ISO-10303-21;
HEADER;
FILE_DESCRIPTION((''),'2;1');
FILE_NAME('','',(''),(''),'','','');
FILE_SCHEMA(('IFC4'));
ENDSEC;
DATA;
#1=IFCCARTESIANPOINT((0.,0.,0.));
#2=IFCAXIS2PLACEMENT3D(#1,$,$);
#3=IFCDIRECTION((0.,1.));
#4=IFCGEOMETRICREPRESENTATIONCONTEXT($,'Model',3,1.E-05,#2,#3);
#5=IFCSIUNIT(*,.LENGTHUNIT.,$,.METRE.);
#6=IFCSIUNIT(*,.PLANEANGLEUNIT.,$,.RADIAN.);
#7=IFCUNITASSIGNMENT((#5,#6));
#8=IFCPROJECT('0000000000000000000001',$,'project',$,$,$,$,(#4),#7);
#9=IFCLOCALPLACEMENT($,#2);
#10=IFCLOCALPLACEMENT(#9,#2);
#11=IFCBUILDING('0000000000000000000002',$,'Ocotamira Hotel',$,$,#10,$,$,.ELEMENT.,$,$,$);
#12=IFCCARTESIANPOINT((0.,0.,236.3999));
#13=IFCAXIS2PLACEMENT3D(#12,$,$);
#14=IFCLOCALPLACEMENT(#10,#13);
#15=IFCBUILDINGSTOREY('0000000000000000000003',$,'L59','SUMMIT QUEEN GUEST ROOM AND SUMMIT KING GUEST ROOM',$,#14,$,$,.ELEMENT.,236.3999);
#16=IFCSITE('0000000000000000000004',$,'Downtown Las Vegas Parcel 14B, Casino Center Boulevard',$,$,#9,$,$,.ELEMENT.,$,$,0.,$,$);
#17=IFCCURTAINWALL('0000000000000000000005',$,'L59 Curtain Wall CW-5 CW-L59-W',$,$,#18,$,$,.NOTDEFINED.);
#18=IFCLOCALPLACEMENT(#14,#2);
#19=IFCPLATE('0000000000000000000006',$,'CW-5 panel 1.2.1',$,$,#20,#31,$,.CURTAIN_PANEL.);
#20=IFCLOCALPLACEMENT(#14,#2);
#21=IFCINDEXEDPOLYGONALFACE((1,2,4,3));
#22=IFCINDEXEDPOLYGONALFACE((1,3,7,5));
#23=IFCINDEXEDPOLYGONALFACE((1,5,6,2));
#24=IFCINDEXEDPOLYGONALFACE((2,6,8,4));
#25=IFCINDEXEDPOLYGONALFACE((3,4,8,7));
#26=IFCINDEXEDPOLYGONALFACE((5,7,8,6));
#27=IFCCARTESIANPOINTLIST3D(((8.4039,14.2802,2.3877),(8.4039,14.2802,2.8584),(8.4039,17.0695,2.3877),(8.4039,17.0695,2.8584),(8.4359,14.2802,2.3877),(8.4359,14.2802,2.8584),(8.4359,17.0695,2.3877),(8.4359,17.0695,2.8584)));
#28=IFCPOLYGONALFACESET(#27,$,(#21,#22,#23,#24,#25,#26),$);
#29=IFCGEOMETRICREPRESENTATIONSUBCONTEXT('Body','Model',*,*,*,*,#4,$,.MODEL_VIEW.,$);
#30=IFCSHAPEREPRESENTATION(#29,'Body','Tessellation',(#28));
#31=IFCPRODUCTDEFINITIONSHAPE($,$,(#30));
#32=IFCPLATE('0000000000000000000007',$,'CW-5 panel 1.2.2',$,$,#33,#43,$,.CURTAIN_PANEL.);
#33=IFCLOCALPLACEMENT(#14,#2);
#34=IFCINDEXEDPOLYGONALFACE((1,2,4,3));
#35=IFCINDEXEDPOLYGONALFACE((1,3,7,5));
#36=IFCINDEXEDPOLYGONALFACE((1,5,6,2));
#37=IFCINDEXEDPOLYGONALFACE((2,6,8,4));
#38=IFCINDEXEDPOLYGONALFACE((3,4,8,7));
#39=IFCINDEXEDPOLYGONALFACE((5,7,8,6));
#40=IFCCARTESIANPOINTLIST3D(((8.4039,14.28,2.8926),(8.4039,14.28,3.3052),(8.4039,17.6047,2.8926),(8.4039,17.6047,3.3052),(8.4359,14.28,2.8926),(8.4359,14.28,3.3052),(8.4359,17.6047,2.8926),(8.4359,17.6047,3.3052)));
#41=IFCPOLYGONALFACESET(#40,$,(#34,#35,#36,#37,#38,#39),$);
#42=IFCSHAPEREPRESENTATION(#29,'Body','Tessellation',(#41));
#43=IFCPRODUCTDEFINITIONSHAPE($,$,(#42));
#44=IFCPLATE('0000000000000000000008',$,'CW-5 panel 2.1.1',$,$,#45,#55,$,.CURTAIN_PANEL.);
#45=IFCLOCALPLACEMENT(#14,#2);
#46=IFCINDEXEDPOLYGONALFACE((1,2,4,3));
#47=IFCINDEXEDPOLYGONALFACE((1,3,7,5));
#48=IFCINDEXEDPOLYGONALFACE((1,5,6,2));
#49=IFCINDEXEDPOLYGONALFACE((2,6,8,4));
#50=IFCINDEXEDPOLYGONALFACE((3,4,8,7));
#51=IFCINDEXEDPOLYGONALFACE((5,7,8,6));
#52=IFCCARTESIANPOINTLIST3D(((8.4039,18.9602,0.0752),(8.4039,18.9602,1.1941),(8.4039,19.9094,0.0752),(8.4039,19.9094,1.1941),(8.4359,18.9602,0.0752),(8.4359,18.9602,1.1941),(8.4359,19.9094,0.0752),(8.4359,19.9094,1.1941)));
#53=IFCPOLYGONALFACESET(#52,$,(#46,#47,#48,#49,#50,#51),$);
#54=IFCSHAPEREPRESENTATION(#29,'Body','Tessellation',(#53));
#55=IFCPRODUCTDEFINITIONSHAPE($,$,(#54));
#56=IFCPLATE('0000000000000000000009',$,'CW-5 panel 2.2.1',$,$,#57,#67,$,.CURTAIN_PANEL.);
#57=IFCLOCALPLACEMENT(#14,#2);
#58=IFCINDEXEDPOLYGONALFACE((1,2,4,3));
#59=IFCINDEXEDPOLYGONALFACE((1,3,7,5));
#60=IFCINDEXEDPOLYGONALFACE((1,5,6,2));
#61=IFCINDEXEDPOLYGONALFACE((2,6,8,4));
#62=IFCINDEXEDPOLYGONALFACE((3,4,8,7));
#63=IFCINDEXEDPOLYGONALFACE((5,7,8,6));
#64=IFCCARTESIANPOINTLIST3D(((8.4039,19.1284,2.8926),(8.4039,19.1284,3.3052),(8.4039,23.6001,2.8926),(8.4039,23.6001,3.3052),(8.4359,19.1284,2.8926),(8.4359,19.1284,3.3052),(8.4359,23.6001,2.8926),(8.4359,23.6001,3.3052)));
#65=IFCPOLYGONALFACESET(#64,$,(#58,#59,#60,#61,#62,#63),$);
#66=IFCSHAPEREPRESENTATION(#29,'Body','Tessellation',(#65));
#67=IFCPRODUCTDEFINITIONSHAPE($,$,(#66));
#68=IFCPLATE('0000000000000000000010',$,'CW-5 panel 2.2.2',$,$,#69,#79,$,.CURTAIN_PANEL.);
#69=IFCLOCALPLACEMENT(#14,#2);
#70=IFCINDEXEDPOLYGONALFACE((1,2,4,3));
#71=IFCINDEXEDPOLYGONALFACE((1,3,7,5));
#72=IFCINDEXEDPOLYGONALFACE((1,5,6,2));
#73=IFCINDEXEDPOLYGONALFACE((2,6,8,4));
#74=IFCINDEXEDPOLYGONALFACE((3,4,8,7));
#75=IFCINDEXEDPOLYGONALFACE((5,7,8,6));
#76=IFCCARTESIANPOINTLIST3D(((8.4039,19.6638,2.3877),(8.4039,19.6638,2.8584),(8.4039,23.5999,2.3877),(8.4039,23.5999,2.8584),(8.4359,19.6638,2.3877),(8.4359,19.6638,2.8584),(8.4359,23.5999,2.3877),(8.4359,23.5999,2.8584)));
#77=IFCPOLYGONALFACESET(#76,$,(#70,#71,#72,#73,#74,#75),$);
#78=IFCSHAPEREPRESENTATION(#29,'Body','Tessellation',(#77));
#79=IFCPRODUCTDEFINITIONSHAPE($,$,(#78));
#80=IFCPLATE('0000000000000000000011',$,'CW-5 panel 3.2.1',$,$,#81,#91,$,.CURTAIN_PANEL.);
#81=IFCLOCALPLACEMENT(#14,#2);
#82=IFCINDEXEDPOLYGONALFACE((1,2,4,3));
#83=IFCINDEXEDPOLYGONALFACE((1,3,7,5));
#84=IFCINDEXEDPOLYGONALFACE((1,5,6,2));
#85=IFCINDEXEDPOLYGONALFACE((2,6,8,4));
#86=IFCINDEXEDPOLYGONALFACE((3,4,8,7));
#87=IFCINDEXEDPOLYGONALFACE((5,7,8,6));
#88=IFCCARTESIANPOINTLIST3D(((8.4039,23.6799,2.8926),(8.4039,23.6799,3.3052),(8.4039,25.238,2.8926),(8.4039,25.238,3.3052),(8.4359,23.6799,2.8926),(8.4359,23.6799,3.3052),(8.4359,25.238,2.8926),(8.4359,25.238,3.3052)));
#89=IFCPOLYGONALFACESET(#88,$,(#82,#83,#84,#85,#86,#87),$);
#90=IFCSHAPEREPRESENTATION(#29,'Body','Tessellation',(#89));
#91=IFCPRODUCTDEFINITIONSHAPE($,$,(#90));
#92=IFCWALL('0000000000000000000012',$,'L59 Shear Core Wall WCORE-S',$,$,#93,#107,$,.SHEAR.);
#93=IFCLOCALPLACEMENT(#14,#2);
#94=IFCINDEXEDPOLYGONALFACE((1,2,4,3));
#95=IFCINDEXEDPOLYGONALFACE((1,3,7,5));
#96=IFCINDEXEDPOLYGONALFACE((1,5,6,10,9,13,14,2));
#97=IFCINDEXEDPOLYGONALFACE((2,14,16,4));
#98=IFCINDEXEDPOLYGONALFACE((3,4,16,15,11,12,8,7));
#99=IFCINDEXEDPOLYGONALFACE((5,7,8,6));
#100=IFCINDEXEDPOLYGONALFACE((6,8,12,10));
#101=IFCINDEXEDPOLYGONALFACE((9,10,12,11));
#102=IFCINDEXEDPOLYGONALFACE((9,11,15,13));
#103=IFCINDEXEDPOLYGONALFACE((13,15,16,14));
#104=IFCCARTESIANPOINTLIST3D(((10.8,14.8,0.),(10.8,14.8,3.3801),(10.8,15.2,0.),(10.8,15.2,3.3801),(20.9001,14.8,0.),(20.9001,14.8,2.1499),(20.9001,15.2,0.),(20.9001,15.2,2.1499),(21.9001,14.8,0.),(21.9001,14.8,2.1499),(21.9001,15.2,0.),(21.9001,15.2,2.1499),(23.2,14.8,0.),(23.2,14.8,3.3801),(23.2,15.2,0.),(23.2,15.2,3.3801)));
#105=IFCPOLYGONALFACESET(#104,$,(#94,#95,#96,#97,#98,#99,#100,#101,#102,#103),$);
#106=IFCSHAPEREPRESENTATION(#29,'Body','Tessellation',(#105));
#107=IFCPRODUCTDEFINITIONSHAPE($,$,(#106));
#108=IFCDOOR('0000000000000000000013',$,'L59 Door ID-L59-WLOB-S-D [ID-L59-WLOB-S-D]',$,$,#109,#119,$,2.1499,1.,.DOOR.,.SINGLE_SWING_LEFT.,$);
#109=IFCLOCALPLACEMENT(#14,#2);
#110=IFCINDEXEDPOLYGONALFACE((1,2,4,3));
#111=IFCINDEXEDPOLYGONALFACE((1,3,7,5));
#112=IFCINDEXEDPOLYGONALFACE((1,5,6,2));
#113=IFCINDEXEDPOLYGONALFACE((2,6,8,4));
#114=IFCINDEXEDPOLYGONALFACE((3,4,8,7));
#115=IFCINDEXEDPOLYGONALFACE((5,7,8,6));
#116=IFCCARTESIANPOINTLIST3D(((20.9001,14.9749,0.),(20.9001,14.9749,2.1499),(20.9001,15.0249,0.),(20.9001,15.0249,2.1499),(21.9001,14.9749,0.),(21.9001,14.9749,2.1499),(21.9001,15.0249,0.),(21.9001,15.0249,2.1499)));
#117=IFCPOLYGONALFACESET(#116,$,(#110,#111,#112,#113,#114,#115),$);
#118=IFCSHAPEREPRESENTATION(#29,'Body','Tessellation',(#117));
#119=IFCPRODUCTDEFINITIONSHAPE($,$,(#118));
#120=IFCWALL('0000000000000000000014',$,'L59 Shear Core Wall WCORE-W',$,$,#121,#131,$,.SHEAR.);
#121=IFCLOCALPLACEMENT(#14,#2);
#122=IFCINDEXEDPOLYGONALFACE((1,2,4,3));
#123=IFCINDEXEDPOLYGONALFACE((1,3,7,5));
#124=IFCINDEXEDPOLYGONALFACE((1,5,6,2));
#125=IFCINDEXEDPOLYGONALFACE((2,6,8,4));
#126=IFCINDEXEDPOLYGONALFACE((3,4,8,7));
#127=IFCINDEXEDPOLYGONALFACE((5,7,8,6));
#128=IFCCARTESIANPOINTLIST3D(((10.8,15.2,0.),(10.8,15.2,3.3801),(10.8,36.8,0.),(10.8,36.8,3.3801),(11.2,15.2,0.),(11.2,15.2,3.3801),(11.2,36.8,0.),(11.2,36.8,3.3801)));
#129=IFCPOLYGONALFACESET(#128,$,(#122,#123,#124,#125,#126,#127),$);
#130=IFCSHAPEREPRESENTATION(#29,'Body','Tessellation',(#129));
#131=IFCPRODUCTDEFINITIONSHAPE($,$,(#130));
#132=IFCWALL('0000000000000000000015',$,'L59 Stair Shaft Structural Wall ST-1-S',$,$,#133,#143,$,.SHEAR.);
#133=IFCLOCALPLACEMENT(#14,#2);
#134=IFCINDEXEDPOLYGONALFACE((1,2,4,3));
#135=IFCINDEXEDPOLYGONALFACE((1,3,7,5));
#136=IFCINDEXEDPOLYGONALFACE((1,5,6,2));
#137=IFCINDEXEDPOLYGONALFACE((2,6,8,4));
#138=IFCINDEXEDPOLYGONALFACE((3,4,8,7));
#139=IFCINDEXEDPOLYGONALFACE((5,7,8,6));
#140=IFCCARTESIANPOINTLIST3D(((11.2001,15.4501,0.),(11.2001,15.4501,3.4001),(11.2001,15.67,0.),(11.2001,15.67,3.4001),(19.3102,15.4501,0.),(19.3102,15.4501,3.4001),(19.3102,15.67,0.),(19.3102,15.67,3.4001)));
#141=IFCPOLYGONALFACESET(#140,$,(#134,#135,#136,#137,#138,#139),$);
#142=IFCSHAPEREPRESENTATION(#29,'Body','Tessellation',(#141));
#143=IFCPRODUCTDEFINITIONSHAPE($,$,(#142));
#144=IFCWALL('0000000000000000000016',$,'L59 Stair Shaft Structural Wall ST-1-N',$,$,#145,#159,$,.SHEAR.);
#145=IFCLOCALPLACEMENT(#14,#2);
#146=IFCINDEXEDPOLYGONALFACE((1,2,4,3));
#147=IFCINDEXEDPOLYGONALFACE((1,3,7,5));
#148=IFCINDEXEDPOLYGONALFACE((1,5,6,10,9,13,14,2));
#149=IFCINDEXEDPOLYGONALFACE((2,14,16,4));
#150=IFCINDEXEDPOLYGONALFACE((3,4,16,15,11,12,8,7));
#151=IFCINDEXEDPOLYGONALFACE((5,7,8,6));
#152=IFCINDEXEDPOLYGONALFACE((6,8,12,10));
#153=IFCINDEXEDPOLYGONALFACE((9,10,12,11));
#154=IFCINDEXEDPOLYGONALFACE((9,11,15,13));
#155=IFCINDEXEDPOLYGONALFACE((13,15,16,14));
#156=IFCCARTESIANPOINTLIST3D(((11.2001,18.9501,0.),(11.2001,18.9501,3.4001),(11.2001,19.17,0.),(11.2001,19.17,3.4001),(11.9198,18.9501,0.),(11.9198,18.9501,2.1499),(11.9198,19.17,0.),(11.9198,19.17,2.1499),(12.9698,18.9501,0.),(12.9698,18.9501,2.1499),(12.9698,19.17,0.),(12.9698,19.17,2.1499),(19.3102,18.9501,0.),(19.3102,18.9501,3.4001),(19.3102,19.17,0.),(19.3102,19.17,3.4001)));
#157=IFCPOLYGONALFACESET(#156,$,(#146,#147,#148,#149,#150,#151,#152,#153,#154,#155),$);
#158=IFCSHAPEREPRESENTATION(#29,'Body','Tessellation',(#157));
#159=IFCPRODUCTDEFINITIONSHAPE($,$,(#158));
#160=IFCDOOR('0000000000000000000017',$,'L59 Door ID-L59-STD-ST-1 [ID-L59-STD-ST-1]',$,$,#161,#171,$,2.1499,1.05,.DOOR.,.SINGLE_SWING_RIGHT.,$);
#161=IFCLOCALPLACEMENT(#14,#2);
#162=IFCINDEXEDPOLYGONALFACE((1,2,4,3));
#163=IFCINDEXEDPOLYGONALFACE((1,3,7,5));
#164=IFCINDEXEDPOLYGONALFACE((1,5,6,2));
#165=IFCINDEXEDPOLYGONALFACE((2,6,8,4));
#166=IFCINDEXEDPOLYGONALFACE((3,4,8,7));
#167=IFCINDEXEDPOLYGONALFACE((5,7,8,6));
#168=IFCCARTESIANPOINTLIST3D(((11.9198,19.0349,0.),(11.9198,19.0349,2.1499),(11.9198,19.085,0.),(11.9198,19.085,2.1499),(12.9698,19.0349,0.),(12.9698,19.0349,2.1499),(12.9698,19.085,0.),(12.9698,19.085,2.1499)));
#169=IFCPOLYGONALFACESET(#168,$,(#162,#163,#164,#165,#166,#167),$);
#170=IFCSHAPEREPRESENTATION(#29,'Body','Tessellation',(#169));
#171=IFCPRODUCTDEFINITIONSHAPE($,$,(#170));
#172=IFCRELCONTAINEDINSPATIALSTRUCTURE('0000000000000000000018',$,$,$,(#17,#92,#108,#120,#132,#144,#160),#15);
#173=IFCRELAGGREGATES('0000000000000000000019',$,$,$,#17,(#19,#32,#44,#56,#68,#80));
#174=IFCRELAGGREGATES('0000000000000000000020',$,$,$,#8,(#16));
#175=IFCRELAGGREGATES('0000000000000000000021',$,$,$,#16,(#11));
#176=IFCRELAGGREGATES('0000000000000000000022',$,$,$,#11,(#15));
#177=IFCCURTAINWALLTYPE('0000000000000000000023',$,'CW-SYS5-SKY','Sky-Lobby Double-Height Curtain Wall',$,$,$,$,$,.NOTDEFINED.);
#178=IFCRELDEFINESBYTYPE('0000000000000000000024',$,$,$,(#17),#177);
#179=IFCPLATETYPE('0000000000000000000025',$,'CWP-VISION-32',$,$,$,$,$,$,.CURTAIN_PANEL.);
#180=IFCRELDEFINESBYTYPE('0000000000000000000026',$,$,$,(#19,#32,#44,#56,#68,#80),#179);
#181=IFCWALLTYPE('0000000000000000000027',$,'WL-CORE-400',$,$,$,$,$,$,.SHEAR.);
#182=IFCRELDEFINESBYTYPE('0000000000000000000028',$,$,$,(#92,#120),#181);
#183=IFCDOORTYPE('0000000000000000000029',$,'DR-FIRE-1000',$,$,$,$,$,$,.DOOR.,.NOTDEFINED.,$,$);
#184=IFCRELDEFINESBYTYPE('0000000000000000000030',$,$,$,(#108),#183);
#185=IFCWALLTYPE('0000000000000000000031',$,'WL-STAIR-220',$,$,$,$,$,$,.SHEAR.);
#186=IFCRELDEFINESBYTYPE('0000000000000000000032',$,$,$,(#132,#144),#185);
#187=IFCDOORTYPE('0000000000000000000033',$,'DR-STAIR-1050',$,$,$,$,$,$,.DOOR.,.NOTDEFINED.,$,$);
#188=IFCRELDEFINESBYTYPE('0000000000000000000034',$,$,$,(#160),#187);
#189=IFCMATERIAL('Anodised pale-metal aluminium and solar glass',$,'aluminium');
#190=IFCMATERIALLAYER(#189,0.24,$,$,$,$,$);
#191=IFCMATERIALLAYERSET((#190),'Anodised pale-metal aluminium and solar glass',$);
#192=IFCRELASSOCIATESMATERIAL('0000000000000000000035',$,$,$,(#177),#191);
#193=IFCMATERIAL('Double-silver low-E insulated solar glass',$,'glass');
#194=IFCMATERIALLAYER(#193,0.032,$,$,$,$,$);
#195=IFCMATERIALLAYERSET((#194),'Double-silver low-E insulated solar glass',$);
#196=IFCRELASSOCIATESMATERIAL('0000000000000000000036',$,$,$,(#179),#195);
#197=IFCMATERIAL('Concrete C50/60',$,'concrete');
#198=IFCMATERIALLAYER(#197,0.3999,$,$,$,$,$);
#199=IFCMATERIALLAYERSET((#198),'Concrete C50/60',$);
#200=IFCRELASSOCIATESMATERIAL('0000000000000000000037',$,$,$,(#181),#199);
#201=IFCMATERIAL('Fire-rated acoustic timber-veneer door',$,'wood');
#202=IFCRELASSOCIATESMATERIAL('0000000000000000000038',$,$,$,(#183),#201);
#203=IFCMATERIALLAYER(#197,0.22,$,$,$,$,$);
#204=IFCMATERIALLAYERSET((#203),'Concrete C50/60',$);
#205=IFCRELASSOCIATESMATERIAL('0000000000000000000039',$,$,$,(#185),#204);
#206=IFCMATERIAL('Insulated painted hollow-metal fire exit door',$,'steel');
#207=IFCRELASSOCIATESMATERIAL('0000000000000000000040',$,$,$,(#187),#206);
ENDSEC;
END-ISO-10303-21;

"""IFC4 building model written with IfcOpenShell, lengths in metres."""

from ifc_helpers import new_model, si_unit, direction, frame, frame_2d, origin, origin_2d, place, context, subcontext, project, spatial, rectangle, extrude, source, transform, mapped, material, layer, layer_set, type_object, element, fill, aggregate, save


model = new_model("IFC4")

# Units and contexts
model_context = context("Model", 3, precision=1e-05, world=origin(), true_north=direction((0.0, 1.0)))
body_context = subcontext(model_context, "Body", "Model", "MODEL_VIEW")
ifc_project = project(units=[si_unit("LENGTHUNIT", "METRE"), si_unit("PLANEANGLEUNIT", "RADIAN")], contexts=[model_context])

# Site, building, storey
site_placement = place(None, origin())
site = spatial("IfcSite", under=ifc_project, at=site_placement, Name="Downtown Las Vegas Parcel 14B, Casino Center Boulevard", CompositionType="ELEMENT", RefElevation=0.0)
building_placement = place(site_placement, origin())
building = spatial("IfcBuilding", under=site, at=building_placement, Name="Ocotamira Hotel", CompositionType="ELEMENT")
storey_placement = place(building_placement, frame((0.0, 0.0, 236.3999)))
storey = spatial("IfcBuildingStorey", under=building, at=storey_placement, Name="L59", Description="SUMMIT QUEEN GUEST ROOM AND SUMMIT KING GUEST ROOM", CompositionType="ELEMENT", Elevation=236.3999)

# Shared definitions
ifc_material_1 = material(Name="Concrete C50/60", Category="concrete")

# Curtain wall
ifc_material_2 = material(Name="Anodised pale-metal aluminium and solar glass", Category="aluminium")
ifc_layer_1 = layer(ifc_material_2, 0.24)
ifc_layer_set_1 = layer_set([ifc_layer_1], Name="Anodised pale-metal aluminium and solar glass")
curtain_wall_type = type_object("IfcCurtainWallType", Name="CW-SYS5-SKY", Description="Sky-Lobby Double-Height Curtain Wall", PredefinedType="NOTDEFINED", material=ifc_layer_set_1)
curtain_wall_placement = place(storey_placement, origin())
curtain_wall = element("IfcCurtainWall", 1, at=curtain_wall_placement, inside=storey, type_object=curtain_wall_type, Name="L59 Curtain Wall CW-5 CW-L59-W", PredefinedType="NOTDEFINED")

# Plates
ifc_material_3 = material(Name="Double-silver low-E insulated solar glass", Category="glass")
ifc_layer_2 = layer(ifc_material_3, 0.032)
ifc_layer_set_2 = layer_set([ifc_layer_2], Name="Double-silver low-E insulated solar glass")
plate_type_1 = type_object("IfcPlateType", Name="CWP-VISION-32", PredefinedType="CURTAIN_PANEL", material=ifc_layer_set_2)
shared_shape_1 = source(origin(), body_context, "Body", "SweptSolid", [
    extrude(rectangle(XDim=2.7893, YDim=0.032, at=origin_2d()), origin(), (0.0, 0.0, 1.0), 0.4707),
])
plate_1_placement = place(storey_placement, frame((8.4199, 15.6748, 2.3877), z_axis=(0.0, 0.0, 1.0), x_axis=(0.0, 1.0, 0.0)))
plate_1 = element("IfcPlate", 2, at=plate_1_placement, type_object=plate_type_1, Name="CW-5 panel 1.2.1", PredefinedType="CURTAIN_PANEL", context=body_context, shape_type="MappedRepresentation", body=[
    mapped(shared_shape_1, transform((0.0, 0.0, 0.0), scale=1.0)),
])
shared_shape_2 = source(origin(), body_context, "Body", "SweptSolid", [
    extrude(rectangle(XDim=3.3247, YDim=0.032, at=origin_2d()), origin(), (0.0, 0.0, 1.0), 0.4126),
])
plate_2_placement = place(storey_placement, frame((8.4199, 15.9424, 2.8926), z_axis=(0.0, 0.0, 1.0), x_axis=(0.0, 1.0, 0.0)))
plate_2 = element("IfcPlate", 3, at=plate_2_placement, type_object=plate_type_1, Name="CW-5 panel 1.2.2", PredefinedType="CURTAIN_PANEL", context=body_context, shape_type="MappedRepresentation", body=[
    mapped(shared_shape_2, transform((0.0, 0.0, 0.0), scale=1.0)),
])
shared_shape_3 = source(origin(), body_context, "Body", "SweptSolid", [
    extrude(rectangle(XDim=0.9492, YDim=0.032, at=origin_2d()), origin(), (0.0, 0.0, 1.0), 1.1189),
])
plate_3_placement = place(storey_placement, frame((8.4199, 19.4348, 0.0752), z_axis=(0.0, 0.0, 1.0), x_axis=(0.0, 1.0, 0.0)))
plate_3 = element("IfcPlate", 4, at=plate_3_placement, type_object=plate_type_1, Name="CW-5 panel 2.1.1", PredefinedType="CURTAIN_PANEL", context=body_context, shape_type="MappedRepresentation", body=[
    mapped(shared_shape_3, transform((0.0, 0.0, 0.0), scale=1.0)),
])
shared_shape_4 = source(origin(), body_context, "Body", "SweptSolid", [
    extrude(rectangle(XDim=4.4717, YDim=0.032, at=origin_2d()), origin(), (0.0, 0.0, 1.0), 0.4126),
])
plate_4_placement = place(storey_placement, frame((8.4199, 21.3643, 2.8926), z_axis=(0.0, 0.0, 1.0), x_axis=(0.0, 1.0, 0.0)))
plate_4 = element("IfcPlate", 5, at=plate_4_placement, type_object=plate_type_1, Name="CW-5 panel 2.2.1", PredefinedType="CURTAIN_PANEL", context=body_context, shape_type="MappedRepresentation", body=[
    mapped(shared_shape_4, transform((0.0, 0.0, 0.0), scale=1.0)),
])
shared_shape_5 = source(origin(), body_context, "Body", "SweptSolid", [
    extrude(rectangle(XDim=3.936, YDim=0.032, at=origin_2d()), origin(), (0.0, 0.0, 1.0), 0.4707),
])
plate_5_placement = place(storey_placement, frame((8.4199, 21.6318, 2.3877), z_axis=(0.0, 0.0, 1.0), x_axis=(0.0, 1.0, 0.0)))
plate_5 = element("IfcPlate", 6, at=plate_5_placement, type_object=plate_type_1, Name="CW-5 panel 2.2.2", PredefinedType="CURTAIN_PANEL", context=body_context, shape_type="MappedRepresentation", body=[
    mapped(shared_shape_5, transform((0.0, 0.0, 0.0), scale=1.0)),
])
shared_shape_6 = source(origin(), body_context, "Body", "SweptSolid", [
    extrude(rectangle(XDim=1.5581, YDim=0.032, at=origin_2d()), origin(), (0.0, 0.0, 1.0), 0.4126),
])
plate_6_placement = place(storey_placement, frame((8.4199, 24.459, 2.8926), z_axis=(0.0, 0.0, 1.0), x_axis=(0.0, 1.0, 0.0)))
plate_6 = element("IfcPlate", 7, at=plate_6_placement, type_object=plate_type_1, Name="CW-5 panel 3.2.1", PredefinedType="CURTAIN_PANEL", context=body_context, shape_type="MappedRepresentation", body=[
    mapped(shared_shape_6, transform((0.0, 0.0, 0.0), scale=1.0)),
])
aggregate(curtain_wall, [plate_1, plate_2, plate_3, plate_4, plate_5, plate_6])

# Wall, opening, door
ifc_layer_3 = layer(ifc_material_1, 0.3999)
ifc_layer_set_3 = layer_set([ifc_layer_3], Name="Concrete C50/60")
wall_type_1 = type_object("IfcWallType", Name="WL-CORE-400", PredefinedType="SHEAR", material=ifc_layer_set_3)
wall_1_placement = place(storey_placement, frame((10.8, 15.0, 0.0), z_axis=(0.0, 0.0, 1.0), x_axis=(1.0, 0.0, 0.0)))
wall_1 = element("IfcWall", 8, at=wall_1_placement, inside=storey, type_object=wall_type_1, Name="L59 Shear Core Wall WCORE-S", PredefinedType="SHEAR", context=body_context, shape_type="SweptSolid", body=[
    extrude(rectangle(XDim=12.3999, YDim=0.3999, at=frame_2d((6.2, 0.0))), origin(), (0.0, 0.0, 1.0), 3.3801),
])
opening_1_placement = place(wall_1_placement, frame((10.1001, 0.0, 0.0)))
opening_1 = element("IfcOpeningElement", 9, at=opening_1_placement, cuts=wall_1, PredefinedType="OPENING", context=body_context, shape_type="SweptSolid", body=[
    extrude(rectangle(XDim=1.0, YDim=2.1499, at=frame_2d((0.5, 1.075))), frame((0.0, 0.21, 0.0), z_axis=(0.0, -1.0, 0.0), x_axis=(1.0, 0.0, 0.0)), (0.0, 0.0, 1.0), 0.4199),
])
ifc_material_4 = material(Name="Fire-rated acoustic timber-veneer door", Category="wood")
door_type_1 = type_object("IfcDoorType", Name="DR-FIRE-1000", OperationType="NOTDEFINED", PredefinedType="DOOR", material=ifc_material_4)
shared_shape_7 = source(origin(), body_context, "Body", "SweptSolid", [
    extrude(rectangle(XDim=1.0, YDim=2.1499, at=frame_2d((0.5, 1.075))), frame((0.0, 0.0249, 0.0), z_axis=(0.0, -1.0, 0.0), x_axis=(1.0, 0.0, 0.0)), (0.0, 0.0, 1.0), 0.05),
])
door_1_placement = place(opening_1_placement, origin())
door_1 = element("IfcDoor", 10, at=door_1_placement, inside=storey, type_object=door_type_1, Name="L59 Door ID-L59-WLOB-S-D [ID-L59-WLOB-S-D]", OperationType="SINGLE_SWING_LEFT", OverallHeight=2.1499, OverallWidth=1.0, PredefinedType="DOOR", context=body_context, shape_type="MappedRepresentation", body=[
    mapped(shared_shape_7, transform((0.0, 0.0, 0.0), scale=1.0)),
])
fill(opening_1, door_1)

# Wall
wall_2_placement = place(storey_placement, frame((11.0, 15.2, 0.0), z_axis=(0.0, 0.0, 1.0), x_axis=(0.0, 1.0, 0.0)))
element("IfcWall", 11, at=wall_2_placement, inside=storey, type_object=wall_type_1, Name="L59 Shear Core Wall WCORE-W", PredefinedType="SHEAR", context=body_context, shape_type="SweptSolid", body=[
    extrude(rectangle(XDim=21.6001, YDim=0.3999, at=frame_2d((10.8, 0.0))), origin(), (0.0, 0.0, 1.0), 3.3801),
])

# Wall
ifc_layer_4 = layer(ifc_material_1, 0.22)
ifc_layer_set_4 = layer_set([ifc_layer_4], Name="Concrete C50/60")
wall_type_2 = type_object("IfcWallType", Name="WL-STAIR-220", PredefinedType="SHEAR", material=ifc_layer_set_4)
wall_3_placement = place(storey_placement, frame((11.2, 15.5601, 0.0), z_axis=(0.0, 0.0, 1.0), x_axis=(1.0, 0.0, 0.0)))
element("IfcWall", 12, at=wall_3_placement, inside=storey, type_object=wall_type_2, Name="L59 Stair Shaft Structural Wall ST-1-S", PredefinedType="SHEAR", context=body_context, shape_type="SweptSolid", body=[
    extrude(rectangle(XDim=8.1101, YDim=0.22, at=frame_2d((4.0552, 0.0))), origin(), (0.0, 0.0, 1.0), 3.4001),
])

# Wall, opening, door
wall_4_placement = place(storey_placement, frame((11.2, 19.0601, 0.0), z_axis=(0.0, 0.0, 1.0), x_axis=(1.0, 0.0, 0.0)))
wall_4 = element("IfcWall", 13, at=wall_4_placement, inside=storey, type_object=wall_type_2, Name="L59 Stair Shaft Structural Wall ST-1-N", PredefinedType="SHEAR", context=body_context, shape_type="SweptSolid", body=[
    extrude(rectangle(XDim=8.1101, YDim=0.22, at=frame_2d((4.0552, 0.0))), origin(), (0.0, 0.0, 1.0), 3.4001),
])
opening_2_placement = place(wall_4_placement, frame((0.72, 0.0, 0.0)))
opening_2 = element("IfcOpeningElement", 14, at=opening_2_placement, cuts=wall_4, PredefinedType="OPENING", context=body_context, shape_type="SweptSolid", body=[
    extrude(rectangle(XDim=1.05, YDim=2.1499, at=frame_2d((0.5249, 1.075))), frame((0.0, 0.1201, 0.0), z_axis=(0.0, -1.0, 0.0), x_axis=(1.0, 0.0, 0.0)), (0.0, 0.0, 1.0), 0.24),
])
ifc_material_5 = material(Name="Insulated painted hollow-metal fire exit door", Category="steel")
door_type_2 = type_object("IfcDoorType", Name="DR-STAIR-1050", OperationType="NOTDEFINED", PredefinedType="DOOR", material=ifc_material_5)
shared_shape_8 = source(origin(), body_context, "Body", "SweptSolid", [
    extrude(rectangle(XDim=1.05, YDim=2.1499, at=frame_2d((0.5249, 1.075))), frame((0.0, 0.0249, 0.0), z_axis=(0.0, -1.0, 0.0), x_axis=(1.0, 0.0, 0.0)), (0.0, 0.0, 1.0), 0.05),
])
door_2_placement = place(opening_2_placement, origin())
door_2 = element("IfcDoor", 15, at=door_2_placement, inside=storey, type_object=door_type_2, Name="L59 Door ID-L59-STD-ST-1 [ID-L59-STD-ST-1]", OperationType="SINGLE_SWING_RIGHT", OverallHeight=2.1499, OverallWidth=1.05, PredefinedType="DOOR", context=body_context, shape_type="MappedRepresentation", body=[
    mapped(shared_shape_8, transform((0.0, 0.0, 0.0), scale=1.0)),
])
fill(opening_2, door_2)

save(model, "model.ifc")
